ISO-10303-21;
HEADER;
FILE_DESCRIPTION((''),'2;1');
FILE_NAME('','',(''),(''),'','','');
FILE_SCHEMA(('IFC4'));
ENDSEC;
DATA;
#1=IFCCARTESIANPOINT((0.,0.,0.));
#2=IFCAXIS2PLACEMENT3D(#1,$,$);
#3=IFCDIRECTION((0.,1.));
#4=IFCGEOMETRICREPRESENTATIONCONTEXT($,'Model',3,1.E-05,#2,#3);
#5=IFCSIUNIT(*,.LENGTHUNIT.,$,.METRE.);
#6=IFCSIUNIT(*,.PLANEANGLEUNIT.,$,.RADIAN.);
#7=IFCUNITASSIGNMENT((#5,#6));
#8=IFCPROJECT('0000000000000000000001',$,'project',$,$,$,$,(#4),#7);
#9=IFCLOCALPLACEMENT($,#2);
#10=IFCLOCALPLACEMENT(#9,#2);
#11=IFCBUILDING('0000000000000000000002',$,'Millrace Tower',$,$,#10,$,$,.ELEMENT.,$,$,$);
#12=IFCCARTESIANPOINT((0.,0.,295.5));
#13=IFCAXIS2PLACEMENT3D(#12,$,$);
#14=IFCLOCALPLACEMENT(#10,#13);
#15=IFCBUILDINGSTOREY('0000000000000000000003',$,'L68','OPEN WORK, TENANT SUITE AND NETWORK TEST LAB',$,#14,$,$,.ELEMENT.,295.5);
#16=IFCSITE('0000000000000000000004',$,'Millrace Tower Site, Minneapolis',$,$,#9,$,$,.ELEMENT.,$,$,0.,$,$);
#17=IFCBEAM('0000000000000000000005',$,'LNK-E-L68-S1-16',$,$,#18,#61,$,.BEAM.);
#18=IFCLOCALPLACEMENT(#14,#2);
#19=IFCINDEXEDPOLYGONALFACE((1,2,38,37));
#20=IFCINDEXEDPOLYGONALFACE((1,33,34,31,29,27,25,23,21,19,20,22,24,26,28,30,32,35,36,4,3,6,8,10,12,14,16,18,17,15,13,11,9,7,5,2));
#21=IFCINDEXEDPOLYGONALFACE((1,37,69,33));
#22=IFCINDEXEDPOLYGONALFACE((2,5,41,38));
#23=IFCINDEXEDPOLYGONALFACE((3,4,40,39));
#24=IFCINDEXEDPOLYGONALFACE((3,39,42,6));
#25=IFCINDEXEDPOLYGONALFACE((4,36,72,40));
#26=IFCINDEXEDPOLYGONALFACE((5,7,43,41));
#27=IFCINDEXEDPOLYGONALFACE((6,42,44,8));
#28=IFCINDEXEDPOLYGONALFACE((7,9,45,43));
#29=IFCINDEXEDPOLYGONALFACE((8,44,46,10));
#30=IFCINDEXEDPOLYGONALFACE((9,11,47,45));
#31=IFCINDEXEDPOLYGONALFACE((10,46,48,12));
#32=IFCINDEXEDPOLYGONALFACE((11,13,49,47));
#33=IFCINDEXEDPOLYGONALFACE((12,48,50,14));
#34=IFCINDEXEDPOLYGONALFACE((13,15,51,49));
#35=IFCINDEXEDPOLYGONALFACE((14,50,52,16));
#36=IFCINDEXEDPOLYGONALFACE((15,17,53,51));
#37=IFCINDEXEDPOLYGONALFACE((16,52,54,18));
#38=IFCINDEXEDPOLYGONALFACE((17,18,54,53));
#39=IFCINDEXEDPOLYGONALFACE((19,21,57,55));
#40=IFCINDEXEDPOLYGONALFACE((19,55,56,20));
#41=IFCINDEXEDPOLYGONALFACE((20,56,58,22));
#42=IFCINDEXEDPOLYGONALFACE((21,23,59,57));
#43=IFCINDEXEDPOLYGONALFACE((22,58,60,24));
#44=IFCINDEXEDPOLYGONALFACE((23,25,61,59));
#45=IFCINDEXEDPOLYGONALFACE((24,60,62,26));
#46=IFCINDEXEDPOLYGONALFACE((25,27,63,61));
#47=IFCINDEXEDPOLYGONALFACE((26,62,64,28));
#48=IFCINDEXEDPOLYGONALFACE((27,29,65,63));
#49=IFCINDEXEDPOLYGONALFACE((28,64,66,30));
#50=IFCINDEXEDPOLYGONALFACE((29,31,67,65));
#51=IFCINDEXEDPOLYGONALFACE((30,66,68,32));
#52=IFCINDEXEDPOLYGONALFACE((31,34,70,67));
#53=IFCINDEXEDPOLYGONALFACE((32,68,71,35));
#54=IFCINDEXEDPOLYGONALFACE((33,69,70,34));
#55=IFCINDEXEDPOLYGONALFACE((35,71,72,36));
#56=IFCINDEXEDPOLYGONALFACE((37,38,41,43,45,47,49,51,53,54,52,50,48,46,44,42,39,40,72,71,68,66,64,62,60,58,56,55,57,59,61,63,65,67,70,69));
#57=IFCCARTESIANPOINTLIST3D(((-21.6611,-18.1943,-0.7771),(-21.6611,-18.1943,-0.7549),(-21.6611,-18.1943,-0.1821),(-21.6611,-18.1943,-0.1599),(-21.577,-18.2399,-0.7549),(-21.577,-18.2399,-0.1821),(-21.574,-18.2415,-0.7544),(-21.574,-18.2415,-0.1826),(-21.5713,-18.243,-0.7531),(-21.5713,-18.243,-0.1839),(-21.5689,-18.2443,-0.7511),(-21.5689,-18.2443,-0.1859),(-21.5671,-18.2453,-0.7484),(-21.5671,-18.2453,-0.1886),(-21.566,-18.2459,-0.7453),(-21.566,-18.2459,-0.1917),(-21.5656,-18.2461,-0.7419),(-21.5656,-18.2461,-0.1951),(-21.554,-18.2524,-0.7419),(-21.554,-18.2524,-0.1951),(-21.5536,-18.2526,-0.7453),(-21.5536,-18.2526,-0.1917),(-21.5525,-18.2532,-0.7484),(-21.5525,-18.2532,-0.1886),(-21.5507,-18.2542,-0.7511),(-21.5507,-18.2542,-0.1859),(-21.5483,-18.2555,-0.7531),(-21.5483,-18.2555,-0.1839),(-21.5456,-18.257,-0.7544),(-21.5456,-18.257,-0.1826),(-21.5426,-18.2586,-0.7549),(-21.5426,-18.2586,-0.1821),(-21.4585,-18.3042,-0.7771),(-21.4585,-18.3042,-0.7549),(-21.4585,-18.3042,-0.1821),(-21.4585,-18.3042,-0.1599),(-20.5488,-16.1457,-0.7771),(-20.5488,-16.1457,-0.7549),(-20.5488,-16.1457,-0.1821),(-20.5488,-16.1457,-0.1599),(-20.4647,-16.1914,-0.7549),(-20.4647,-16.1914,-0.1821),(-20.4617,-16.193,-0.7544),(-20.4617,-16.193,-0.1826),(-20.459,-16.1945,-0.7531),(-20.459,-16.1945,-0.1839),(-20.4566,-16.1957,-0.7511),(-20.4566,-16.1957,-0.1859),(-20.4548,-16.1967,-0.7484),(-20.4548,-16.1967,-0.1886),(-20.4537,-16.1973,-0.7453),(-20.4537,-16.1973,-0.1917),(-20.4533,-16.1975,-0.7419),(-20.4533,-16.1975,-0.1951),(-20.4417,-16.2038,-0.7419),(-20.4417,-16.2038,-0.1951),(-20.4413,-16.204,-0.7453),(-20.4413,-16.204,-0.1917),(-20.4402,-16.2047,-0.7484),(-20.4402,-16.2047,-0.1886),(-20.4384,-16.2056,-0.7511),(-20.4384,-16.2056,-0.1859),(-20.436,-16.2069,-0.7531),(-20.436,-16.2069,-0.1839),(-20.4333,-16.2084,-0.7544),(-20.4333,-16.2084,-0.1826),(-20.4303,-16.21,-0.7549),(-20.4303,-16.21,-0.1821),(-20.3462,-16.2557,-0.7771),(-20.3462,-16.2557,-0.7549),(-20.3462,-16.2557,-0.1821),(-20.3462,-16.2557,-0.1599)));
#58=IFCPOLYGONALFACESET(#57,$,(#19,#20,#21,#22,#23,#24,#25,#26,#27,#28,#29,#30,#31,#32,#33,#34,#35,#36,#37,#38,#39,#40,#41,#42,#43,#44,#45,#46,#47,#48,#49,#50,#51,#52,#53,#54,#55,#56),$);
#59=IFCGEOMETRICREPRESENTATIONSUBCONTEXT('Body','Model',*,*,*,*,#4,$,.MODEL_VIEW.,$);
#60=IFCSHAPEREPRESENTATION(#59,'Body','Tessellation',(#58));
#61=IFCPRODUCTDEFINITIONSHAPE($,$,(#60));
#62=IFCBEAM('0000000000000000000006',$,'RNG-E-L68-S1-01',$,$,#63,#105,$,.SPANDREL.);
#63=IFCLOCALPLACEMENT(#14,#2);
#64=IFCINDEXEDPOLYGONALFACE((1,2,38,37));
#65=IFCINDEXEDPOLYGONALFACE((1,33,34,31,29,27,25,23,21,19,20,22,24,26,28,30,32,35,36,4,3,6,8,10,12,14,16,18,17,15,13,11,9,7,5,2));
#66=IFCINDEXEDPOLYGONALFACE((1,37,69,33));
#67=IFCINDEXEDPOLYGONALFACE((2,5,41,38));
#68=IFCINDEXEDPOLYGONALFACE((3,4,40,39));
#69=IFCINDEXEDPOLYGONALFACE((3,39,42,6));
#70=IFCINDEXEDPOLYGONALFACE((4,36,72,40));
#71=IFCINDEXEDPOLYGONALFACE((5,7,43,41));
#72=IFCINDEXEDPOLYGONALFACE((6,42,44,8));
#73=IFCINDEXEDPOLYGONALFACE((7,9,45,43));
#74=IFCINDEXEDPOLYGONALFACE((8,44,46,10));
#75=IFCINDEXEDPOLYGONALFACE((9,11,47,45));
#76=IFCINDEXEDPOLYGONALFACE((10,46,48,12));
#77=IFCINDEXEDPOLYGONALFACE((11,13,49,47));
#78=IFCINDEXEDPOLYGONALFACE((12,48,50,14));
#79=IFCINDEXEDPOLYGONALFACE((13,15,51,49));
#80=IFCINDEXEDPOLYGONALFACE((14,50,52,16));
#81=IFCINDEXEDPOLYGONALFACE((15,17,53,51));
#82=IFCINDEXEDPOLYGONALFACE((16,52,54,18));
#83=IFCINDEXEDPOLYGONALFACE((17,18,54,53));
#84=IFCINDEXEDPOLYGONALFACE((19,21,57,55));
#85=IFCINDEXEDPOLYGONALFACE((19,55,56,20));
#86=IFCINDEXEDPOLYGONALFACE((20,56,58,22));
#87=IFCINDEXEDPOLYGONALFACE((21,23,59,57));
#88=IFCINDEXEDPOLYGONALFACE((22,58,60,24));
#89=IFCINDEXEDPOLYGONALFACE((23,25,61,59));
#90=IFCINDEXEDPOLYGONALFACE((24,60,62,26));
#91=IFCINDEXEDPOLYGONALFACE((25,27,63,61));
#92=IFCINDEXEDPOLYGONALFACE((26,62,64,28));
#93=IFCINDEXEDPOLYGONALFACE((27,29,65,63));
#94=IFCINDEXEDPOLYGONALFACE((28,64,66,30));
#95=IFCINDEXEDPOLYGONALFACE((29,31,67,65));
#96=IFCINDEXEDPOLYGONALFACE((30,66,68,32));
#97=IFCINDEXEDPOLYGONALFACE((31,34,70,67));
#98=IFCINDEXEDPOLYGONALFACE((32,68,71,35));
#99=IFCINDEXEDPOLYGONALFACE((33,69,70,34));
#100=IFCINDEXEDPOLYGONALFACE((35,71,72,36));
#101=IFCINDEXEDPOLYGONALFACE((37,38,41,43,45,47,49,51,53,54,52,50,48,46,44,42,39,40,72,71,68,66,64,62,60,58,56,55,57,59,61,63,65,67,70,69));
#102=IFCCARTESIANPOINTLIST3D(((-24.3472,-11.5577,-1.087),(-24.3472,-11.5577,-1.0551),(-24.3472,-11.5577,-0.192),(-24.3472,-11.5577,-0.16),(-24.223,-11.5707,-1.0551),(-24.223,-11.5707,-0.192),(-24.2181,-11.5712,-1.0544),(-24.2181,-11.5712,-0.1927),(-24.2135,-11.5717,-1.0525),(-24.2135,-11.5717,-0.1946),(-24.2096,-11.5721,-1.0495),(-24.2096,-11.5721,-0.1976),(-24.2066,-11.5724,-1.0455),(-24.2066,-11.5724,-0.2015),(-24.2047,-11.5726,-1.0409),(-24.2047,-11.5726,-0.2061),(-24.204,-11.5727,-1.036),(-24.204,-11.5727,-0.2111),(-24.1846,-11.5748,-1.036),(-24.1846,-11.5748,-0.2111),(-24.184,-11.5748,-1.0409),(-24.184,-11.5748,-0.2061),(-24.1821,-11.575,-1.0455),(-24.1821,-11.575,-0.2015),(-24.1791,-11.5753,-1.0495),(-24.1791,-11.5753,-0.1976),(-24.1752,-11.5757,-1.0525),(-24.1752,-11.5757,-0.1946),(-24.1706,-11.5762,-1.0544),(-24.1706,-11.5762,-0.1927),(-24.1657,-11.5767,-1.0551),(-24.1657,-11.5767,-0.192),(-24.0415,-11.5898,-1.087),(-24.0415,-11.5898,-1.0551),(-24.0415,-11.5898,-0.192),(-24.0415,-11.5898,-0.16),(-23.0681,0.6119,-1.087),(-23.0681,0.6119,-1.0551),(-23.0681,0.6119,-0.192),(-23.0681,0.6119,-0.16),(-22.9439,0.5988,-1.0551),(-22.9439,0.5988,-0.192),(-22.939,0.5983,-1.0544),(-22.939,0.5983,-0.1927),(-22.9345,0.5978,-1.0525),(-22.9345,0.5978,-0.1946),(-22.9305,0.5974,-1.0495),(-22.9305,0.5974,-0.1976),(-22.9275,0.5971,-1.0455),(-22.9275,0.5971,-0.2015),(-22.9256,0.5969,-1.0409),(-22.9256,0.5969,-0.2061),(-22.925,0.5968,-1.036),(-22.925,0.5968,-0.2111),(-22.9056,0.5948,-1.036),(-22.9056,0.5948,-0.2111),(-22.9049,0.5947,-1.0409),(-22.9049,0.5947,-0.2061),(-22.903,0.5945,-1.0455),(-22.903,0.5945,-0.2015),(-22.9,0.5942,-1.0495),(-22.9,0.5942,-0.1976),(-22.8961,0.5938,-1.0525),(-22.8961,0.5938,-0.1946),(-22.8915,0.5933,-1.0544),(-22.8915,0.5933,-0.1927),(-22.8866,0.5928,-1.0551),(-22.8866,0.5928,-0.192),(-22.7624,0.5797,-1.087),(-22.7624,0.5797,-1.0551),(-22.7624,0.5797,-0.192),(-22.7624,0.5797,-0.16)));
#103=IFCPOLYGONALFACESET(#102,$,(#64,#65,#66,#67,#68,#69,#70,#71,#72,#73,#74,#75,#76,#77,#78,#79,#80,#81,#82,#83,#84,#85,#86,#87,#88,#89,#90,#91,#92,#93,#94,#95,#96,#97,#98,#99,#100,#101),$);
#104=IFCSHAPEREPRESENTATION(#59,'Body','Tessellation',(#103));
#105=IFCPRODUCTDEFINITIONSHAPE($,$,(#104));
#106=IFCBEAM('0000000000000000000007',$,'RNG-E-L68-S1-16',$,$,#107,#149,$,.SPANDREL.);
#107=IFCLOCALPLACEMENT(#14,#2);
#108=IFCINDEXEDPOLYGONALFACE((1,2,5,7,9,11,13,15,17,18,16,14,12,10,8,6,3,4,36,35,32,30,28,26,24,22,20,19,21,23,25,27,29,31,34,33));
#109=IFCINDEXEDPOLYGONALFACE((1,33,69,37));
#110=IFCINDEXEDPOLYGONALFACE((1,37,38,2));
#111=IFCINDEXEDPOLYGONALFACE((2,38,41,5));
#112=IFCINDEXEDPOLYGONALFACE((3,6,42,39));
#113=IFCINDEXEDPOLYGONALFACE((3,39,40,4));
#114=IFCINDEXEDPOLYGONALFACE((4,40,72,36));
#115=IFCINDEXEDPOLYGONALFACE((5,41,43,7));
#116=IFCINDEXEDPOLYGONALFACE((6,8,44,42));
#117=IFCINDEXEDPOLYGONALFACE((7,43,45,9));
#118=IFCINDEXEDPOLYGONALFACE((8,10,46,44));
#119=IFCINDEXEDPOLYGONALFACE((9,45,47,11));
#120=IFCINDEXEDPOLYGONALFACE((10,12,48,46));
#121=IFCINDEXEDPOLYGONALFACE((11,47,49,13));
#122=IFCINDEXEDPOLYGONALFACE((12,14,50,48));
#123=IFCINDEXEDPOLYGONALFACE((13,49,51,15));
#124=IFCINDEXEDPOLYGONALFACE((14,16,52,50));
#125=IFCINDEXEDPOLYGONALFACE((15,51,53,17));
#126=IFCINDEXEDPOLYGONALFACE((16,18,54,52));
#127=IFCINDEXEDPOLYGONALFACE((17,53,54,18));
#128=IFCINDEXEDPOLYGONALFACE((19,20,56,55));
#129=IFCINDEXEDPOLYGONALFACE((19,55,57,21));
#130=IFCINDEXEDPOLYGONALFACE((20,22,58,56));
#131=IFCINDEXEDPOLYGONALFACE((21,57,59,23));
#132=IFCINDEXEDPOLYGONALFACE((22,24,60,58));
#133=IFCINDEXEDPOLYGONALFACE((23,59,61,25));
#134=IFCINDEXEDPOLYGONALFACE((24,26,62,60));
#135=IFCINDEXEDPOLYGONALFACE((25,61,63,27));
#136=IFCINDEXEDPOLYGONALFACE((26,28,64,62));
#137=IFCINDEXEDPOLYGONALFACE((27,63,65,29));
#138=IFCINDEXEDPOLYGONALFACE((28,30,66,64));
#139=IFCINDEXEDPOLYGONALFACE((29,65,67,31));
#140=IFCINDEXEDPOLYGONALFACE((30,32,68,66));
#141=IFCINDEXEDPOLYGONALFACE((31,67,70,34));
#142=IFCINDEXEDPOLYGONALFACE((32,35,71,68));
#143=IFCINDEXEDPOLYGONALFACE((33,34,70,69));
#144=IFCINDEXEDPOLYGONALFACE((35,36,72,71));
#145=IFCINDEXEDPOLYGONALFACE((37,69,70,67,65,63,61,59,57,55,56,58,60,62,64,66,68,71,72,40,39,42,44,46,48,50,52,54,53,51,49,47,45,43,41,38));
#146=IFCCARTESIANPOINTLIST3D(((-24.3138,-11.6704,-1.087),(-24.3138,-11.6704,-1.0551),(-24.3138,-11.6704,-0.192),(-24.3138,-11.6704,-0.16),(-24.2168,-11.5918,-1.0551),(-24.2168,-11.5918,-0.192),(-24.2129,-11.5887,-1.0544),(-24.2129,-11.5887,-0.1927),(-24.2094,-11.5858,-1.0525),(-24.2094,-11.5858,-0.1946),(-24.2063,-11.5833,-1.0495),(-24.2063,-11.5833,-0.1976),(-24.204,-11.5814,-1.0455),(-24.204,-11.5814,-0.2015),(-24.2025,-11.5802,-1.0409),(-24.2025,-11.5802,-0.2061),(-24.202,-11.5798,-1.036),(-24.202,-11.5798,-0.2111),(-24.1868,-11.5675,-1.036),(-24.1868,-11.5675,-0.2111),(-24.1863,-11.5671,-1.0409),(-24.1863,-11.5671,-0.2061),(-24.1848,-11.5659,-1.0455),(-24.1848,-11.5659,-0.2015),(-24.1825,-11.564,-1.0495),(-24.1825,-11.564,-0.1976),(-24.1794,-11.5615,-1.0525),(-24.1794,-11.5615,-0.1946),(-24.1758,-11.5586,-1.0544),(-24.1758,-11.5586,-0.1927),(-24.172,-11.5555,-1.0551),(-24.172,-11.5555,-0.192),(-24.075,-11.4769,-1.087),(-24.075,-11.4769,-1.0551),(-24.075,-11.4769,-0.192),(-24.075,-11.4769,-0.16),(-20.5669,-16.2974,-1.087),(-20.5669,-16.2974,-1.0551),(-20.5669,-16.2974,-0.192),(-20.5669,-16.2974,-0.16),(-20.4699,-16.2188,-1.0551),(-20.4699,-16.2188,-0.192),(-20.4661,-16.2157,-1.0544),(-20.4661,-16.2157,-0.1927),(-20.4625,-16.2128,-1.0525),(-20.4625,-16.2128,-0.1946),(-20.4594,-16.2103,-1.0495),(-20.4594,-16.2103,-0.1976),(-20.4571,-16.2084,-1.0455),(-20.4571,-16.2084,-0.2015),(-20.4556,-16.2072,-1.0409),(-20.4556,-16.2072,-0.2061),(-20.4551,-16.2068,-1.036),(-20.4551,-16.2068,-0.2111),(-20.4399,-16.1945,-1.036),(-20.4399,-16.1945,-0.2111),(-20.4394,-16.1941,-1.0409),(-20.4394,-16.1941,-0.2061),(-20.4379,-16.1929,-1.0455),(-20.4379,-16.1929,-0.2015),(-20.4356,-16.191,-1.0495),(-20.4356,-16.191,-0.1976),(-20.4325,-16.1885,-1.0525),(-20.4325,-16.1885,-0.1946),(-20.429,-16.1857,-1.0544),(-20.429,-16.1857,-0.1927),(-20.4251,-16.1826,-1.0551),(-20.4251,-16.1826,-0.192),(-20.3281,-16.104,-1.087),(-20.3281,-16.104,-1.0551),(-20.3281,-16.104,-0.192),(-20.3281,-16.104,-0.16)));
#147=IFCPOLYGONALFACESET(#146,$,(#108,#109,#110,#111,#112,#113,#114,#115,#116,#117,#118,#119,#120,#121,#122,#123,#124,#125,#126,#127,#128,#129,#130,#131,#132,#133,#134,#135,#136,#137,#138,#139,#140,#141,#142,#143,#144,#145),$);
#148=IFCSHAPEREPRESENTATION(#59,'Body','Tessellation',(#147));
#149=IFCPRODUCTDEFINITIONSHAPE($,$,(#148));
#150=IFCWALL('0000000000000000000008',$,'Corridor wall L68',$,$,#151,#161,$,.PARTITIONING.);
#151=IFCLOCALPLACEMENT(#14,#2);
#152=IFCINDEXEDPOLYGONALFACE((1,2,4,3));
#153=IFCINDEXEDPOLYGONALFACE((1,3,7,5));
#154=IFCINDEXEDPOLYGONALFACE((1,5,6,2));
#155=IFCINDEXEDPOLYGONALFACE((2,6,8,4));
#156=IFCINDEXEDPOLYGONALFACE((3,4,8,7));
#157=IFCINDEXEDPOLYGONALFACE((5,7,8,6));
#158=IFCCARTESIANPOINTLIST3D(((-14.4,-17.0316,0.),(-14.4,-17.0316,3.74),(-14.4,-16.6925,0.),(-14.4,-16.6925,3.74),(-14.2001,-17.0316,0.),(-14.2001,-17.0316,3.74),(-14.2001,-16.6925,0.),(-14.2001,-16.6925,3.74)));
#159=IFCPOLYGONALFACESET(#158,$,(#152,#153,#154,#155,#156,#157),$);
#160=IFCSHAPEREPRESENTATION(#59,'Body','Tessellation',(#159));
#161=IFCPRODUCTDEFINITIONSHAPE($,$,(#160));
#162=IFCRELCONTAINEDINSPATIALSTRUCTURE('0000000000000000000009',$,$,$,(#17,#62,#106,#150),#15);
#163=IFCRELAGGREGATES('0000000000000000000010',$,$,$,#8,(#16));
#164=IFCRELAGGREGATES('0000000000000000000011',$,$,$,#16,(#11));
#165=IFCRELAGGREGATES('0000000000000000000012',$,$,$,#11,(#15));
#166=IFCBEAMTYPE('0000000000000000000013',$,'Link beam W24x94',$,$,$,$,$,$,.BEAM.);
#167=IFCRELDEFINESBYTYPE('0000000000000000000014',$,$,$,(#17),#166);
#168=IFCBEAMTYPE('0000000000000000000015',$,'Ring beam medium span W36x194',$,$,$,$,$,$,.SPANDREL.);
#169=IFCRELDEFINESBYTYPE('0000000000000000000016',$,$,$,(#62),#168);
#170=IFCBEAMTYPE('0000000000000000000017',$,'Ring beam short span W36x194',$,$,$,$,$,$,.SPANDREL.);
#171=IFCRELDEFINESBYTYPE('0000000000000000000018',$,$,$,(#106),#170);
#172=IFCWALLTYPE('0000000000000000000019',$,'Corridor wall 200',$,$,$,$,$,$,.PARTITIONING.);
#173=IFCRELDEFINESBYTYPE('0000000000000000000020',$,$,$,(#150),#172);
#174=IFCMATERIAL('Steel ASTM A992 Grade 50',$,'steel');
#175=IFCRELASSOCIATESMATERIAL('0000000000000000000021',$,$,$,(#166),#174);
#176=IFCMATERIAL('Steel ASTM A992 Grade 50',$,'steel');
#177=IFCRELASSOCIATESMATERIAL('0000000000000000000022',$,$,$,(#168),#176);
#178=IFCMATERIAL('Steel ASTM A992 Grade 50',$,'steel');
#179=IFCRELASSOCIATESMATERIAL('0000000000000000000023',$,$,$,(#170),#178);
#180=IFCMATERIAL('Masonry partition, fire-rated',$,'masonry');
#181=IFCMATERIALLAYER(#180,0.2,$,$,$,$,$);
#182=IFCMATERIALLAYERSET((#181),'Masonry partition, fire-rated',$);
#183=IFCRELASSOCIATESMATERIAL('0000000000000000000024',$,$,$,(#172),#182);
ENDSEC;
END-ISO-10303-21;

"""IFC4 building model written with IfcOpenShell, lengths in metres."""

from ifc_helpers import new_model, si_unit, direction, frame, frame_2d, origin, origin_2d, place, context, subcontext, project, spatial, rectangle, i_section, extrude, material, layer, layer_set, material_profile, profile_set, type_object, element, save


model = new_model("IFC4")

# Units and contexts
model_context = context("Model", 3, precision=1e-05, world=origin(), true_north=direction((0.0, 1.0)))
body_context = subcontext(model_context, "Body", "Model", "MODEL_VIEW")
ifc_project = project(units=[si_unit("LENGTHUNIT", "METRE"), si_unit("PLANEANGLEUNIT", "RADIAN")], contexts=[model_context])

# Site, building, storey
site_placement = place(None, origin())
site = spatial("IfcSite", under=ifc_project, at=site_placement, Name="Millrace Tower Site, Minneapolis", CompositionType="ELEMENT", RefElevation=0.0)
building_placement = place(site_placement, origin())
building = spatial("IfcBuilding", under=site, at=building_placement, Name="Millrace Tower", CompositionType="ELEMENT")
storey_placement = place(building_placement, frame((0.0, 0.0, 295.5)))
storey = spatial("IfcBuildingStorey", under=building, at=storey_placement, Name="L68", Description="OPEN WORK, TENANT SUITE AND NETWORK TEST LAB", CompositionType="ELEMENT", Elevation=295.5)

# Beams
ifc_material_1 = material(Name="Steel ASTM A992 Grade 50", Category="steel")
ifc_material_profile_1 = material_profile(ifc_material_1, i_section(OverallWidth=0.2305, OverallDepth=0.6172, WebThickness=0.0132, FlangeThickness=0.0222, FilletRadius=0.0129, at=origin_2d()))
ifc_profile_set_1 = profile_set([ifc_material_profile_1], Name="Steel ASTM A992 Grade 50")
beam_type_1 = type_object("IfcBeamType", Name="Link beam W24x94", PredefinedType="BEAM", material=ifc_profile_set_1)
beam_1_placement = place(storey_placement, frame((-20.4475, -16.2007, -0.4685), z_axis=(-0.477164, -0.878815, 0.0), x_axis=(0.878815, -0.477164, 0.0)))
element("IfcBeam", 1, at=beam_1_placement, inside=storey, type_object=beam_type_1, Name="LNK-E-L68-S1-16", PredefinedType="BEAM", context=body_context, shape_type="SweptSolid", body=[
    extrude(i_section(OverallWidth=0.2305, OverallDepth=0.6172, WebThickness=0.0132, FlangeThickness=0.0222, FilletRadius=0.0129, at=origin_2d()), origin(), (0.0, 0.0, 1.0), 2.3311),
])
ifc_material_2 = material(Name="Steel ASTM A992 Grade 50", Category="steel")
ifc_material_profile_2 = material_profile(ifc_material_2, i_section(OverallWidth=0.3074, OverallDepth=0.927, WebThickness=0.0195, FlangeThickness=0.032, FilletRadius=0.019, at=origin_2d()))
ifc_profile_set_2 = profile_set([ifc_material_profile_2], Name="Steel ASTM A992 Grade 50")
beam_type_2 = type_object("IfcBeamType", Name="Ring beam medium span W36x194", PredefinedType="SPANDREL", material=ifc_profile_set_2)
beam_2_placement = place(storey_placement, frame((-24.1943, -11.5737, -0.6235), z_axis=(0.104528, 0.994522, 0.0), x_axis=(-0.994522, 0.104528, 0.0)))
element("IfcBeam", 2, at=beam_2_placement, inside=storey, type_object=beam_type_2, Name="RNG-E-L68-S1-01", PredefinedType="SPANDREL", context=body_context, shape_type="SweptSolid", body=[
    extrude(i_section(OverallWidth=0.3074, OverallDepth=0.927, WebThickness=0.0195, FlangeThickness=0.032, FilletRadius=0.019, at=origin_2d()), origin(), (0.0, 0.0, 1.0), 12.2366),
])
ifc_material_3 = material(Name="Steel ASTM A992 Grade 50", Category="steel")
ifc_material_profile_3 = material_profile(ifc_material_3, i_section(OverallWidth=0.3074, OverallDepth=0.927, WebThickness=0.0195, FlangeThickness=0.032, FilletRadius=0.019, at=origin_2d()))
ifc_profile_set_3 = profile_set([ifc_material_profile_3], Name="Steel ASTM A992 Grade 50")
beam_type_3 = type_object("IfcBeamType", Name="Ring beam short span W36x194", PredefinedType="SPANDREL", material=ifc_profile_set_3)
beam_3_placement = place(storey_placement, frame((-20.4475, -16.2007, -0.6235), z_axis=(-0.62932, 0.777147, 0.0), x_axis=(-0.777147, -0.62932, 0.0)))
element("IfcBeam", 3, at=beam_3_placement, inside=storey, type_object=beam_type_3, Name="RNG-E-L68-S1-16", PredefinedType="SPANDREL", context=body_context, shape_type="SweptSolid", body=[
    extrude(i_section(OverallWidth=0.3074, OverallDepth=0.927, WebThickness=0.0195, FlangeThickness=0.032, FilletRadius=0.019, at=origin_2d()), origin(), (0.0, 0.0, 1.0), 5.9539),
])

# Wall
ifc_material_4 = material(Name="Masonry partition, fire-rated", Category="masonry")
ifc_layer_1 = layer(ifc_material_4, 0.2)
ifc_layer_set_1 = layer_set([ifc_layer_1], Name="Masonry partition, fire-rated")
wall_type = type_object("IfcWallType", Name="Corridor wall 200", PredefinedType="PARTITIONING", material=ifc_layer_set_1)
wall_1_placement = place(storey_placement, frame((-14.3, -17.0315, 0.0), z_axis=(0.0, 0.0, 1.0), x_axis=(0.0, 1.0, 0.0)))
element("IfcWall", 4, at=wall_1_placement, inside=storey, type_object=wall_type, Name="Corridor wall L68", PredefinedType="PARTITIONING", context=body_context, shape_type="SweptSolid", body=[
    extrude(rectangle(XDim=0.3391, YDim=0.2, at=frame_2d((0.1694, 0.0))), origin(), (0.0, 0.0, 1.0), 3.74),
])

save(model, "model.ifc")
